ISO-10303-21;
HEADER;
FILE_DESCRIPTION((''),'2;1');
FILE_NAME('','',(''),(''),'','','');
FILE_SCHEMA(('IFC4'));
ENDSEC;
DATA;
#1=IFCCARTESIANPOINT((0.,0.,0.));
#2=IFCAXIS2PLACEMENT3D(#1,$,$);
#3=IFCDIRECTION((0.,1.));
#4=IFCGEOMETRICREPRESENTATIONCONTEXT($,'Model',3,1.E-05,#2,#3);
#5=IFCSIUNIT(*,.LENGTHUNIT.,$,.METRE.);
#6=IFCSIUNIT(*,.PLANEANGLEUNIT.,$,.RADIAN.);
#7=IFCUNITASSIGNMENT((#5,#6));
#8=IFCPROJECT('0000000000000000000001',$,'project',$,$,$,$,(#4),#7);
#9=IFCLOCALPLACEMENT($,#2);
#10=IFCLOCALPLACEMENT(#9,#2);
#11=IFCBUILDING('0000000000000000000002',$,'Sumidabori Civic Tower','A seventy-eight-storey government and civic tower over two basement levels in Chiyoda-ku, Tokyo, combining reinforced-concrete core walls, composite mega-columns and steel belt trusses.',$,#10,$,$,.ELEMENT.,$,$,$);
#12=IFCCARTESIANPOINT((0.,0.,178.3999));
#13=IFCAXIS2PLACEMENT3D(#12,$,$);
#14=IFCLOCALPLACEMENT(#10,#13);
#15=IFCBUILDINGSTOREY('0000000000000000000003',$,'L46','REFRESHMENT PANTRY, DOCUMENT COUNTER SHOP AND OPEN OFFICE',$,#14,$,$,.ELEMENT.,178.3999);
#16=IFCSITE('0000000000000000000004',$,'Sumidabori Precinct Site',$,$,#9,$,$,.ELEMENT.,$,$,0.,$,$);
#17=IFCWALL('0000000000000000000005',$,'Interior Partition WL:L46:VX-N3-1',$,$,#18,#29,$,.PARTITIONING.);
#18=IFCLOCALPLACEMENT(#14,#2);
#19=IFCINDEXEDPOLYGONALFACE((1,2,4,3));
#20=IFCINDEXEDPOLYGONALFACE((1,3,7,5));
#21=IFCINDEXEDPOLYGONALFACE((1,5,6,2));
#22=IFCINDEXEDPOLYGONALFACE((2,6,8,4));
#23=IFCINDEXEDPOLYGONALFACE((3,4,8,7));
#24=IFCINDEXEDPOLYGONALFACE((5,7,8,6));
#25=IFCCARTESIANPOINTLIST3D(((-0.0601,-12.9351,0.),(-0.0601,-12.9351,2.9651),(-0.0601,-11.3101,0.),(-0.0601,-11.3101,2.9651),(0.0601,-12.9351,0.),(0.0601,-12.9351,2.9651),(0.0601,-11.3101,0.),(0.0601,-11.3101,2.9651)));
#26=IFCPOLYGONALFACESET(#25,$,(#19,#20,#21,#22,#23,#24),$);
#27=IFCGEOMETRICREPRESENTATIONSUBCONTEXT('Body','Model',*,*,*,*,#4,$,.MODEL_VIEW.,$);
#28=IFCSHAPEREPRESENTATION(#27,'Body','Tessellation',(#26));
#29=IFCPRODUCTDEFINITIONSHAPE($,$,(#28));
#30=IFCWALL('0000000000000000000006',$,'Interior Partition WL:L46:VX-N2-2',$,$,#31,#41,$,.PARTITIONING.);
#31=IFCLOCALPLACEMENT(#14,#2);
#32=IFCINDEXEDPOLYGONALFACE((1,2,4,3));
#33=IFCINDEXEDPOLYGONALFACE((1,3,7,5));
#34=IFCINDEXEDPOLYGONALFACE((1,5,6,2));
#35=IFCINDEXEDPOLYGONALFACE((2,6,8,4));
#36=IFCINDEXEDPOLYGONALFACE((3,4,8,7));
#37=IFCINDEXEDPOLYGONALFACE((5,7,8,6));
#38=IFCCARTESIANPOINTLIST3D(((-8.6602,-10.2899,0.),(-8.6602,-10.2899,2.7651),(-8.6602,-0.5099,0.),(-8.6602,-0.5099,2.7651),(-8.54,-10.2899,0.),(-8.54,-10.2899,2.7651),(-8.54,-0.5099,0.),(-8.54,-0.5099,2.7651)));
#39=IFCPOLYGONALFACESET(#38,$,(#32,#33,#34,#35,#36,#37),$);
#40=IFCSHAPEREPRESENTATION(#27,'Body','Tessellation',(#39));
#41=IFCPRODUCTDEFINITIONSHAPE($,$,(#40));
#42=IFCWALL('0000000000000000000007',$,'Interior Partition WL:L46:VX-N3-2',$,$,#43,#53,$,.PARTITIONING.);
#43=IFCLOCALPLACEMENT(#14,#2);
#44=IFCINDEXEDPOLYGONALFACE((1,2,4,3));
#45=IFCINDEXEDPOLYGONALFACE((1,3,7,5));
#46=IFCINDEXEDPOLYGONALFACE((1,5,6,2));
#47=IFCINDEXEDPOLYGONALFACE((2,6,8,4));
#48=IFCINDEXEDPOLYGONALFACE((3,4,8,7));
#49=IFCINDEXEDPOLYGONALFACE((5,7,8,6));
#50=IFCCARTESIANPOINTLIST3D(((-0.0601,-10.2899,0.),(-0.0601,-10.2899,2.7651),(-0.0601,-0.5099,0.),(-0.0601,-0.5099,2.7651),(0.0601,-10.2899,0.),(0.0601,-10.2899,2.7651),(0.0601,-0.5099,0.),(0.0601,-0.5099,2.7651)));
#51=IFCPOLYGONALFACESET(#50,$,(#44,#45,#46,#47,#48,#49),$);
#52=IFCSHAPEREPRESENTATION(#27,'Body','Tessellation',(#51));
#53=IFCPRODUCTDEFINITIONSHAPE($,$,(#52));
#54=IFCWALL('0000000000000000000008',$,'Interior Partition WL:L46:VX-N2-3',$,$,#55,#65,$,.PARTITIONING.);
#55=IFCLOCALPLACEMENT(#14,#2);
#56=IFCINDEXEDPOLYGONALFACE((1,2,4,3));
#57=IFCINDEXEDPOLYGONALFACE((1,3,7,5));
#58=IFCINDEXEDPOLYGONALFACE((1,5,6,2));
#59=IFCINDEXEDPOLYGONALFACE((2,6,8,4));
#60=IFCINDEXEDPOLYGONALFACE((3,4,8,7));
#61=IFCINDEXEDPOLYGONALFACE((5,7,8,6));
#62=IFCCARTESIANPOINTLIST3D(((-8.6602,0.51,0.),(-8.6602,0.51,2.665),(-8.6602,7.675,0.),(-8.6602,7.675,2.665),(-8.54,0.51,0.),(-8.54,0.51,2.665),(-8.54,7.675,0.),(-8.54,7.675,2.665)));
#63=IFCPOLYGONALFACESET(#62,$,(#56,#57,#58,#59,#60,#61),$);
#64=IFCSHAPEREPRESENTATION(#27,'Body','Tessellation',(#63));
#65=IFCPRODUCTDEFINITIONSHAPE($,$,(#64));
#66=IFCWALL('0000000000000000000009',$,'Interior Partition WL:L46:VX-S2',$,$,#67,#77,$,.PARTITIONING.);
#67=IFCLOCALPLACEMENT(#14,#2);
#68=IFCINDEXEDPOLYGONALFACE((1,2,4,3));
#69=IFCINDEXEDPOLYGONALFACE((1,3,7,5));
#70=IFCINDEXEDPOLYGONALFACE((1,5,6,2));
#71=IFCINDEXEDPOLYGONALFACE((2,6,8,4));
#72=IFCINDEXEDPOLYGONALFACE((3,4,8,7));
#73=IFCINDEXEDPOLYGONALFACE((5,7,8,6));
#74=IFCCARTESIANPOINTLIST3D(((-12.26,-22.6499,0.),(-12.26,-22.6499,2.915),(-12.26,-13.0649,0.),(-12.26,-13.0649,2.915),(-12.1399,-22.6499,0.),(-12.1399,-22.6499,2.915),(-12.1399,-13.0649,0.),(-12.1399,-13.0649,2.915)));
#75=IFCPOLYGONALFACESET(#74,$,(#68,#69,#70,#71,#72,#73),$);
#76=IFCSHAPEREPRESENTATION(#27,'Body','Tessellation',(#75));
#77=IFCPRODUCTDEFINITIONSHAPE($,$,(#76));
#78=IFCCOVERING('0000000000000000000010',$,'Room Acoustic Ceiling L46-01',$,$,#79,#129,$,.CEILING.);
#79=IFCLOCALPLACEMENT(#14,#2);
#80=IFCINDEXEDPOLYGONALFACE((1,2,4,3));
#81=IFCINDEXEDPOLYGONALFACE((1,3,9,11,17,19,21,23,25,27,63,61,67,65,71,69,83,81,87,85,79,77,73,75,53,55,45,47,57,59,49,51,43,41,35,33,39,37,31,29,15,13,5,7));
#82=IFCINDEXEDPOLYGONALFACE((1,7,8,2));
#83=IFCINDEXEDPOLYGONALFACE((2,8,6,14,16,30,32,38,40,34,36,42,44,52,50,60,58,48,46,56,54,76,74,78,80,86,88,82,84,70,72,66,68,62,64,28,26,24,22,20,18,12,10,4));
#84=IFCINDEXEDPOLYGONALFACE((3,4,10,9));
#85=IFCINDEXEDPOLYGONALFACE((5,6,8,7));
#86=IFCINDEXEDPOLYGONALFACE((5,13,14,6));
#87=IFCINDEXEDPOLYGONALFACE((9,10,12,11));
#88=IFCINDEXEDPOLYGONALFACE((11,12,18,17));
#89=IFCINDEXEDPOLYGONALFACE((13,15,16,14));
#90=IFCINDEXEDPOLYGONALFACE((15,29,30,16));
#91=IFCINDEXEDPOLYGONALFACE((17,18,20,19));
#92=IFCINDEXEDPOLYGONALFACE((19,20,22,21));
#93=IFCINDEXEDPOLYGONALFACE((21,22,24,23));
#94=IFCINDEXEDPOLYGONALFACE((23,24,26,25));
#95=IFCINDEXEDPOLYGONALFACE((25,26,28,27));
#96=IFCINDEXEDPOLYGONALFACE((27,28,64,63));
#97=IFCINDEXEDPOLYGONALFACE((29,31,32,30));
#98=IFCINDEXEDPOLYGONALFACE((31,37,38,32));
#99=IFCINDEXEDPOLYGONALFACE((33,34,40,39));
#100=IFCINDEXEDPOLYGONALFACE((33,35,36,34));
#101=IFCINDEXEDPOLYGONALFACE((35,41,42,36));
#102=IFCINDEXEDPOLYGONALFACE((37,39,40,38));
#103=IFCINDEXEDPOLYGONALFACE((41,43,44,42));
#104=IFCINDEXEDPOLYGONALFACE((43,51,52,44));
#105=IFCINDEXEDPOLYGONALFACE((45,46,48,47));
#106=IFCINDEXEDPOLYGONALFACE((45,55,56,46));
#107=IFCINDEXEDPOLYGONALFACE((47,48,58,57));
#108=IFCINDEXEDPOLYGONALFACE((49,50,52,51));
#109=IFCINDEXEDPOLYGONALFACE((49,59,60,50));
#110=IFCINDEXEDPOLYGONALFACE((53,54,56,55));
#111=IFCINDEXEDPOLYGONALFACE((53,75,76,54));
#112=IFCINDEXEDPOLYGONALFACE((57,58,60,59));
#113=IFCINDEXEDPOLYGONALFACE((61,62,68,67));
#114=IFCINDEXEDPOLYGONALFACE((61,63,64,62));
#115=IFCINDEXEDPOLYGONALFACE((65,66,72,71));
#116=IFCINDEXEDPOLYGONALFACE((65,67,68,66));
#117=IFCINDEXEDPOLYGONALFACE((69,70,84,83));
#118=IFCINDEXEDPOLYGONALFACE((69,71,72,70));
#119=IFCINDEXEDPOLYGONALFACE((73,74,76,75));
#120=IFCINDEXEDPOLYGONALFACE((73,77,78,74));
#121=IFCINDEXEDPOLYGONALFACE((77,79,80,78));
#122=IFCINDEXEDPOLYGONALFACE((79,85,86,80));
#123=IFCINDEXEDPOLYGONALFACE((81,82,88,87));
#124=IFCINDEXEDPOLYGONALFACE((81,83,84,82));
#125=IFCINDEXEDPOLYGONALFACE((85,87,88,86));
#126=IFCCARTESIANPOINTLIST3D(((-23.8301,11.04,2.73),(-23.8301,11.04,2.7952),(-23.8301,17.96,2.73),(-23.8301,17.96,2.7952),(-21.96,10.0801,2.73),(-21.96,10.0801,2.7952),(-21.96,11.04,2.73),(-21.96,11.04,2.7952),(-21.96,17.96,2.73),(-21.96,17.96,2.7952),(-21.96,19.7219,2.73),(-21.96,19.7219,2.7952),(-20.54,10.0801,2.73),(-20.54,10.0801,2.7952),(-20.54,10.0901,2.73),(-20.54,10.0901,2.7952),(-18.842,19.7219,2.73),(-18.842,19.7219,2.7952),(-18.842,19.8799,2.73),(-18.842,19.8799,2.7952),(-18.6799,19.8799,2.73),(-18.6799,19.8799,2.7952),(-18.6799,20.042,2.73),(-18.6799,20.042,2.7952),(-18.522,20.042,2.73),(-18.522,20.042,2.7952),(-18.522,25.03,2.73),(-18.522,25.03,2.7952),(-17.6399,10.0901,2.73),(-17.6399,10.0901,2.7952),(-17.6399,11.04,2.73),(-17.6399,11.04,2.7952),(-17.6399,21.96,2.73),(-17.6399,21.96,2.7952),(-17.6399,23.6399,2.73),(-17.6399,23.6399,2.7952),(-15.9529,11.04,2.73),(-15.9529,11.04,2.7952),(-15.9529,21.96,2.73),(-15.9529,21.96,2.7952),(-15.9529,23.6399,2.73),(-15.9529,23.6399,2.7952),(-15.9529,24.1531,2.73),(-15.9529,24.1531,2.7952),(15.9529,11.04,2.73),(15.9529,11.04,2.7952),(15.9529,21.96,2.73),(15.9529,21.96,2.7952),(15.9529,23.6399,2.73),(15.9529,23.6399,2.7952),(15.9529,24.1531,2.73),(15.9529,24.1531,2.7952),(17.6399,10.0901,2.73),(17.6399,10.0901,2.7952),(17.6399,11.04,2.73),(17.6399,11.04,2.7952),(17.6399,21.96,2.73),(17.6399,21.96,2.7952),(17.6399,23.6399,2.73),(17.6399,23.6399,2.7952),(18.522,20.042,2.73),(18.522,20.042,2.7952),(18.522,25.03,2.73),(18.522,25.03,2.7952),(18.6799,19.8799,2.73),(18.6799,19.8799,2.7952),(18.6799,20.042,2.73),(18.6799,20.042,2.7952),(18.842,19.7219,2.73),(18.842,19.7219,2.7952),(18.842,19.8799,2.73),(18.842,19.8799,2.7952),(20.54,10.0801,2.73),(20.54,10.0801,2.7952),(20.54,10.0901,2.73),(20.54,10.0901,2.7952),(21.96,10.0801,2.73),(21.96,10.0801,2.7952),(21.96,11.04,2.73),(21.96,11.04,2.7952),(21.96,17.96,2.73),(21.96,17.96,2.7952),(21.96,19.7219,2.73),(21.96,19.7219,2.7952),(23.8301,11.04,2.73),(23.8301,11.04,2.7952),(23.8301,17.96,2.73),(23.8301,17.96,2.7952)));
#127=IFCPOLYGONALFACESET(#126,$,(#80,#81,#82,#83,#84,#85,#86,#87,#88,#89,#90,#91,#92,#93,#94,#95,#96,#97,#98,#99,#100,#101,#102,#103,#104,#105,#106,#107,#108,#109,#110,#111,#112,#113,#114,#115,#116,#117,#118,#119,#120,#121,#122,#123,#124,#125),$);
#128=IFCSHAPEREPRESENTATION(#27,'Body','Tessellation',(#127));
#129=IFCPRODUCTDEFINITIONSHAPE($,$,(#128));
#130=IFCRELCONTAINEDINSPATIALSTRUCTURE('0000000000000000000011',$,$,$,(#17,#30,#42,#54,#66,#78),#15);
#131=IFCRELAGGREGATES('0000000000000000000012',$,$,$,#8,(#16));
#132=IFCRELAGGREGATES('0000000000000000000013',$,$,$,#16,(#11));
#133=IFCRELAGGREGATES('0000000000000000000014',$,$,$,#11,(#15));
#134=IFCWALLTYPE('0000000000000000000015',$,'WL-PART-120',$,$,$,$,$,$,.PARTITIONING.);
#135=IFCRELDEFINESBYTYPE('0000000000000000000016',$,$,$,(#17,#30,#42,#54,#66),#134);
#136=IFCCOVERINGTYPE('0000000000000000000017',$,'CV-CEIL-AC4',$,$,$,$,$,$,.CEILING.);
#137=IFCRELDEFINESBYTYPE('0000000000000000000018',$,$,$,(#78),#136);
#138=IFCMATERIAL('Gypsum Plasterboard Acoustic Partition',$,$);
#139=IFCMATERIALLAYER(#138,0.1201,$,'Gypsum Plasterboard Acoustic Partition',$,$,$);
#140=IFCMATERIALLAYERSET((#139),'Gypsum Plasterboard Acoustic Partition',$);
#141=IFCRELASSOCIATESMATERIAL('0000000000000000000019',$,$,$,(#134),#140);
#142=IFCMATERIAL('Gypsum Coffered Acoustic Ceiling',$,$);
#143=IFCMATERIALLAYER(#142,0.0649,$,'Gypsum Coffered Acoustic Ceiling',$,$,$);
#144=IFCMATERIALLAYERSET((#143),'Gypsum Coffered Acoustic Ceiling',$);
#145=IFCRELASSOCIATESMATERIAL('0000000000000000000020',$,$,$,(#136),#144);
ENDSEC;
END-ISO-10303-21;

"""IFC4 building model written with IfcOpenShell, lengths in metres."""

from ifc_helpers import new_model, si_unit, direction, frame, frame_2d, origin, place, context, subcontext, project, spatial, polyline, rectangle, outline, extrude, source, transform, mapped, material, layer, layer_set, type_object, element, save


model = new_model("IFC4")

# Units and contexts
model_context = context("Model", 3, precision=1e-05, world=origin(), true_north=direction((0.0, 1.0)))
body_context = subcontext(model_context, "Body", "Model", "MODEL_VIEW")
ifc_project = project(units=[si_unit("LENGTHUNIT", "METRE"), si_unit("PLANEANGLEUNIT", "RADIAN")], contexts=[model_context])

# Site, building, storey
site_placement = place(None, origin())
site = spatial("IfcSite", under=ifc_project, at=site_placement, Name="Sumidabori Precinct Site", CompositionType="ELEMENT", RefElevation=0.0)
building_placement = place(site_placement, origin())
building = spatial("IfcBuilding", under=site, at=building_placement, Name="Sumidabori Civic Tower", Description="A seventy-eight-storey government and civic tower over two basement levels in Chiyoda-ku, Tokyo, combining reinforced-concrete core walls, composite mega-columns and steel belt trusses.", CompositionType="ELEMENT")
storey_placement = place(building_placement, frame((0.0, 0.0, 178.3999)))
storey = spatial("IfcBuildingStorey", under=building, at=storey_placement, Name="L46", Description="REFRESHMENT PANTRY, DOCUMENT COUNTER SHOP AND OPEN OFFICE", CompositionType="ELEMENT", Elevation=178.3999)

# Walls
ifc_material_1 = material(Name="Gypsum Plasterboard Acoustic Partition")
ifc_layer_1 = layer(ifc_material_1, 0.1201, Name="Gypsum Plasterboard Acoustic Partition")
ifc_layer_set_1 = layer_set([ifc_layer_1], Name="Gypsum Plasterboard Acoustic Partition")
wall_type = type_object("IfcWallType", Name="WL-PART-120", PredefinedType="PARTITIONING", material=ifc_layer_set_1)
shared_shape_1 = source(origin(), body_context, "Body", "SweptSolid", [
    extrude(rectangle(XDim=1.625, YDim=0.1201, at=frame_2d((0.8125, 0.0))), origin(), (0.0, 0.0, 1.0), 2.9651),
])
for number, where, z_axis, x_axis, name in (
    (1, (0.0, -12.9351, 0.0), (0.0, 0.0, 1.0), (0.0, 1.0, 0.0), "Interior Partition WL:L46:VX-N3-1"),
):
    element("IfcWall", number, at=place(storey_placement, frame(where, z_axis=z_axis, x_axis=x_axis)), inside=storey, type_object=wall_type, Name=name, PredefinedType="PARTITIONING", context=body_context, shape_type="MappedRepresentation", body=[
        mapped(shared_shape_1, transform((0.0, 0.0, 0.0), x_axis=(1.0, 0.0, 0.0), y_axis=(0.0, 1.0, 0.0), z_axis=(0.0, 0.0, 1.0), scale=1.0)),
    ])
shared_shape_2 = source(origin(), body_context, "Body", "SweptSolid", [
    extrude(rectangle(XDim=9.78, YDim=0.1201, at=frame_2d((4.8901, 0.0))), origin(), (0.0, 0.0, 1.0), 2.7651),
])
for number, where, z_axis, x_axis, name in (
    (2, (-8.6001, -10.29, 0.0), (0.0, 0.0, 1.0), (0.0, 1.0, 0.0), "Interior Partition WL:L46:VX-N2-2"),
    (3, (0.0, -10.29, 0.0), (0.0, 0.0, 1.0), (0.0, 1.0, 0.0), "Interior Partition WL:L46:VX-N3-2"),
):
    element("IfcWall", number, at=place(storey_placement, frame(where, z_axis=z_axis, x_axis=x_axis)), inside=storey, type_object=wall_type, Name=name, PredefinedType="PARTITIONING", context=body_context, shape_type="MappedRepresentation", body=[
        mapped(shared_shape_2, transform((0.0, 0.0, 0.0), x_axis=(1.0, 0.0, 0.0), y_axis=(0.0, 1.0, 0.0), z_axis=(0.0, 0.0, 1.0), scale=1.0)),
    ])
shared_shape_3 = source(origin(), body_context, "Body", "SweptSolid", [
    extrude(rectangle(XDim=7.165, YDim=0.1201, at=frame_2d((3.5825, 0.0))), origin(), (0.0, 0.0, 1.0), 2.665),
])
wall_1_placement = place(storey_placement, frame((-8.6001, 0.51, 0.0), z_axis=(0.0, 0.0, 1.0), x_axis=(0.0, 1.0, 0.0)))
element("IfcWall", 4, at=wall_1_placement, inside=storey, type_object=wall_type, Name="Interior Partition WL:L46:VX-N2-3", PredefinedType="PARTITIONING", context=body_context, shape_type="MappedRepresentation", body=[
    mapped(shared_shape_3, transform((0.0, 0.0, 0.0), x_axis=(1.0, 0.0, 0.0), y_axis=(0.0, 1.0, 0.0), z_axis=(0.0, 0.0, 1.0), scale=1.0)),
])
shared_shape_4 = source(origin(), body_context, "Body", "SweptSolid", [
    extrude(rectangle(XDim=9.585, YDim=0.1201, at=frame_2d((4.7925, 0.0))), origin(), (0.0, 0.0, 1.0), 2.915),
])
wall_2_placement = place(storey_placement, frame((-12.2, -22.6499, 0.0), z_axis=(0.0, 0.0, 1.0), x_axis=(0.0, 1.0, 0.0)))
element("IfcWall", 5, at=wall_2_placement, inside=storey, type_object=wall_type, Name="Interior Partition WL:L46:VX-S2", PredefinedType="PARTITIONING", context=body_context, shape_type="MappedRepresentation", body=[
    mapped(shared_shape_4, transform((0.0, 0.0, 0.0), x_axis=(1.0, 0.0, 0.0), y_axis=(0.0, 1.0, 0.0), z_axis=(0.0, 0.0, 1.0), scale=1.0)),
])

# Covering
ifc_material_2 = material(Name="Gypsum Coffered Acoustic Ceiling")
ifc_layer_2 = layer(ifc_material_2, 0.0649, Name="Gypsum Coffered Acoustic Ceiling")
ifc_layer_set_2 = layer_set([ifc_layer_2], Name="Gypsum Coffered Acoustic Ceiling")
covering_type_1 = type_object("IfcCoveringType", Name="CV-CEIL-AC4", PredefinedType="CEILING", material=ifc_layer_set_2)
covering_1_placement = place(storey_placement, frame((0.0, 0.0, 2.73)))
element("IfcCovering", 6, at=covering_1_placement, inside=storey, type_object=covering_type_1, Name="Room Acoustic Ceiling L46-01", PredefinedType="CEILING", context=body_context, shape_type="SweptSolid", body=[
    extrude(outline(polyline([(-23.8301, 17.96), (-21.96, 17.96), (-21.96, 19.7219), (-18.842, 19.7219), (-18.842, 19.8799), (-18.6799, 19.8799), (-18.6799, 20.042), (-18.522, 20.042), (-18.522, 25.03), (18.522, 25.03), (18.522, 20.042), (18.6799, 20.042), (18.6799, 19.8799), (18.842, 19.8799), (18.842, 19.7219), (21.96, 19.7219), (21.96, 17.96), (23.8301, 17.96), (23.8301, 11.04), (21.96, 11.04), (21.96, 10.0801), (20.54, 10.0801), (20.54, 10.0901), (17.6399, 10.0901), (17.6399, 11.04), (15.9529, 11.04), (15.9529, 21.96), (17.6399, 21.96), (17.6399, 23.6399), (15.9529, 23.6399), (15.9529, 24.1531), (-15.9529, 24.1531), (-15.9529, 23.6399), (-17.6399, 23.6399), (-17.6399, 21.96), (-15.9529, 21.96), (-15.9529, 11.04), (-17.6399, 11.04), (-17.6399, 10.0901), (-20.54, 10.0901), (-20.54, 10.0801), (-21.96, 10.0801), (-21.96, 11.04), (-23.8301, 11.04), (-23.8301, 17.96)])), origin(), (0.0, 0.0, 1.0), 0.0652),
])

save(model, "model.ifc")
